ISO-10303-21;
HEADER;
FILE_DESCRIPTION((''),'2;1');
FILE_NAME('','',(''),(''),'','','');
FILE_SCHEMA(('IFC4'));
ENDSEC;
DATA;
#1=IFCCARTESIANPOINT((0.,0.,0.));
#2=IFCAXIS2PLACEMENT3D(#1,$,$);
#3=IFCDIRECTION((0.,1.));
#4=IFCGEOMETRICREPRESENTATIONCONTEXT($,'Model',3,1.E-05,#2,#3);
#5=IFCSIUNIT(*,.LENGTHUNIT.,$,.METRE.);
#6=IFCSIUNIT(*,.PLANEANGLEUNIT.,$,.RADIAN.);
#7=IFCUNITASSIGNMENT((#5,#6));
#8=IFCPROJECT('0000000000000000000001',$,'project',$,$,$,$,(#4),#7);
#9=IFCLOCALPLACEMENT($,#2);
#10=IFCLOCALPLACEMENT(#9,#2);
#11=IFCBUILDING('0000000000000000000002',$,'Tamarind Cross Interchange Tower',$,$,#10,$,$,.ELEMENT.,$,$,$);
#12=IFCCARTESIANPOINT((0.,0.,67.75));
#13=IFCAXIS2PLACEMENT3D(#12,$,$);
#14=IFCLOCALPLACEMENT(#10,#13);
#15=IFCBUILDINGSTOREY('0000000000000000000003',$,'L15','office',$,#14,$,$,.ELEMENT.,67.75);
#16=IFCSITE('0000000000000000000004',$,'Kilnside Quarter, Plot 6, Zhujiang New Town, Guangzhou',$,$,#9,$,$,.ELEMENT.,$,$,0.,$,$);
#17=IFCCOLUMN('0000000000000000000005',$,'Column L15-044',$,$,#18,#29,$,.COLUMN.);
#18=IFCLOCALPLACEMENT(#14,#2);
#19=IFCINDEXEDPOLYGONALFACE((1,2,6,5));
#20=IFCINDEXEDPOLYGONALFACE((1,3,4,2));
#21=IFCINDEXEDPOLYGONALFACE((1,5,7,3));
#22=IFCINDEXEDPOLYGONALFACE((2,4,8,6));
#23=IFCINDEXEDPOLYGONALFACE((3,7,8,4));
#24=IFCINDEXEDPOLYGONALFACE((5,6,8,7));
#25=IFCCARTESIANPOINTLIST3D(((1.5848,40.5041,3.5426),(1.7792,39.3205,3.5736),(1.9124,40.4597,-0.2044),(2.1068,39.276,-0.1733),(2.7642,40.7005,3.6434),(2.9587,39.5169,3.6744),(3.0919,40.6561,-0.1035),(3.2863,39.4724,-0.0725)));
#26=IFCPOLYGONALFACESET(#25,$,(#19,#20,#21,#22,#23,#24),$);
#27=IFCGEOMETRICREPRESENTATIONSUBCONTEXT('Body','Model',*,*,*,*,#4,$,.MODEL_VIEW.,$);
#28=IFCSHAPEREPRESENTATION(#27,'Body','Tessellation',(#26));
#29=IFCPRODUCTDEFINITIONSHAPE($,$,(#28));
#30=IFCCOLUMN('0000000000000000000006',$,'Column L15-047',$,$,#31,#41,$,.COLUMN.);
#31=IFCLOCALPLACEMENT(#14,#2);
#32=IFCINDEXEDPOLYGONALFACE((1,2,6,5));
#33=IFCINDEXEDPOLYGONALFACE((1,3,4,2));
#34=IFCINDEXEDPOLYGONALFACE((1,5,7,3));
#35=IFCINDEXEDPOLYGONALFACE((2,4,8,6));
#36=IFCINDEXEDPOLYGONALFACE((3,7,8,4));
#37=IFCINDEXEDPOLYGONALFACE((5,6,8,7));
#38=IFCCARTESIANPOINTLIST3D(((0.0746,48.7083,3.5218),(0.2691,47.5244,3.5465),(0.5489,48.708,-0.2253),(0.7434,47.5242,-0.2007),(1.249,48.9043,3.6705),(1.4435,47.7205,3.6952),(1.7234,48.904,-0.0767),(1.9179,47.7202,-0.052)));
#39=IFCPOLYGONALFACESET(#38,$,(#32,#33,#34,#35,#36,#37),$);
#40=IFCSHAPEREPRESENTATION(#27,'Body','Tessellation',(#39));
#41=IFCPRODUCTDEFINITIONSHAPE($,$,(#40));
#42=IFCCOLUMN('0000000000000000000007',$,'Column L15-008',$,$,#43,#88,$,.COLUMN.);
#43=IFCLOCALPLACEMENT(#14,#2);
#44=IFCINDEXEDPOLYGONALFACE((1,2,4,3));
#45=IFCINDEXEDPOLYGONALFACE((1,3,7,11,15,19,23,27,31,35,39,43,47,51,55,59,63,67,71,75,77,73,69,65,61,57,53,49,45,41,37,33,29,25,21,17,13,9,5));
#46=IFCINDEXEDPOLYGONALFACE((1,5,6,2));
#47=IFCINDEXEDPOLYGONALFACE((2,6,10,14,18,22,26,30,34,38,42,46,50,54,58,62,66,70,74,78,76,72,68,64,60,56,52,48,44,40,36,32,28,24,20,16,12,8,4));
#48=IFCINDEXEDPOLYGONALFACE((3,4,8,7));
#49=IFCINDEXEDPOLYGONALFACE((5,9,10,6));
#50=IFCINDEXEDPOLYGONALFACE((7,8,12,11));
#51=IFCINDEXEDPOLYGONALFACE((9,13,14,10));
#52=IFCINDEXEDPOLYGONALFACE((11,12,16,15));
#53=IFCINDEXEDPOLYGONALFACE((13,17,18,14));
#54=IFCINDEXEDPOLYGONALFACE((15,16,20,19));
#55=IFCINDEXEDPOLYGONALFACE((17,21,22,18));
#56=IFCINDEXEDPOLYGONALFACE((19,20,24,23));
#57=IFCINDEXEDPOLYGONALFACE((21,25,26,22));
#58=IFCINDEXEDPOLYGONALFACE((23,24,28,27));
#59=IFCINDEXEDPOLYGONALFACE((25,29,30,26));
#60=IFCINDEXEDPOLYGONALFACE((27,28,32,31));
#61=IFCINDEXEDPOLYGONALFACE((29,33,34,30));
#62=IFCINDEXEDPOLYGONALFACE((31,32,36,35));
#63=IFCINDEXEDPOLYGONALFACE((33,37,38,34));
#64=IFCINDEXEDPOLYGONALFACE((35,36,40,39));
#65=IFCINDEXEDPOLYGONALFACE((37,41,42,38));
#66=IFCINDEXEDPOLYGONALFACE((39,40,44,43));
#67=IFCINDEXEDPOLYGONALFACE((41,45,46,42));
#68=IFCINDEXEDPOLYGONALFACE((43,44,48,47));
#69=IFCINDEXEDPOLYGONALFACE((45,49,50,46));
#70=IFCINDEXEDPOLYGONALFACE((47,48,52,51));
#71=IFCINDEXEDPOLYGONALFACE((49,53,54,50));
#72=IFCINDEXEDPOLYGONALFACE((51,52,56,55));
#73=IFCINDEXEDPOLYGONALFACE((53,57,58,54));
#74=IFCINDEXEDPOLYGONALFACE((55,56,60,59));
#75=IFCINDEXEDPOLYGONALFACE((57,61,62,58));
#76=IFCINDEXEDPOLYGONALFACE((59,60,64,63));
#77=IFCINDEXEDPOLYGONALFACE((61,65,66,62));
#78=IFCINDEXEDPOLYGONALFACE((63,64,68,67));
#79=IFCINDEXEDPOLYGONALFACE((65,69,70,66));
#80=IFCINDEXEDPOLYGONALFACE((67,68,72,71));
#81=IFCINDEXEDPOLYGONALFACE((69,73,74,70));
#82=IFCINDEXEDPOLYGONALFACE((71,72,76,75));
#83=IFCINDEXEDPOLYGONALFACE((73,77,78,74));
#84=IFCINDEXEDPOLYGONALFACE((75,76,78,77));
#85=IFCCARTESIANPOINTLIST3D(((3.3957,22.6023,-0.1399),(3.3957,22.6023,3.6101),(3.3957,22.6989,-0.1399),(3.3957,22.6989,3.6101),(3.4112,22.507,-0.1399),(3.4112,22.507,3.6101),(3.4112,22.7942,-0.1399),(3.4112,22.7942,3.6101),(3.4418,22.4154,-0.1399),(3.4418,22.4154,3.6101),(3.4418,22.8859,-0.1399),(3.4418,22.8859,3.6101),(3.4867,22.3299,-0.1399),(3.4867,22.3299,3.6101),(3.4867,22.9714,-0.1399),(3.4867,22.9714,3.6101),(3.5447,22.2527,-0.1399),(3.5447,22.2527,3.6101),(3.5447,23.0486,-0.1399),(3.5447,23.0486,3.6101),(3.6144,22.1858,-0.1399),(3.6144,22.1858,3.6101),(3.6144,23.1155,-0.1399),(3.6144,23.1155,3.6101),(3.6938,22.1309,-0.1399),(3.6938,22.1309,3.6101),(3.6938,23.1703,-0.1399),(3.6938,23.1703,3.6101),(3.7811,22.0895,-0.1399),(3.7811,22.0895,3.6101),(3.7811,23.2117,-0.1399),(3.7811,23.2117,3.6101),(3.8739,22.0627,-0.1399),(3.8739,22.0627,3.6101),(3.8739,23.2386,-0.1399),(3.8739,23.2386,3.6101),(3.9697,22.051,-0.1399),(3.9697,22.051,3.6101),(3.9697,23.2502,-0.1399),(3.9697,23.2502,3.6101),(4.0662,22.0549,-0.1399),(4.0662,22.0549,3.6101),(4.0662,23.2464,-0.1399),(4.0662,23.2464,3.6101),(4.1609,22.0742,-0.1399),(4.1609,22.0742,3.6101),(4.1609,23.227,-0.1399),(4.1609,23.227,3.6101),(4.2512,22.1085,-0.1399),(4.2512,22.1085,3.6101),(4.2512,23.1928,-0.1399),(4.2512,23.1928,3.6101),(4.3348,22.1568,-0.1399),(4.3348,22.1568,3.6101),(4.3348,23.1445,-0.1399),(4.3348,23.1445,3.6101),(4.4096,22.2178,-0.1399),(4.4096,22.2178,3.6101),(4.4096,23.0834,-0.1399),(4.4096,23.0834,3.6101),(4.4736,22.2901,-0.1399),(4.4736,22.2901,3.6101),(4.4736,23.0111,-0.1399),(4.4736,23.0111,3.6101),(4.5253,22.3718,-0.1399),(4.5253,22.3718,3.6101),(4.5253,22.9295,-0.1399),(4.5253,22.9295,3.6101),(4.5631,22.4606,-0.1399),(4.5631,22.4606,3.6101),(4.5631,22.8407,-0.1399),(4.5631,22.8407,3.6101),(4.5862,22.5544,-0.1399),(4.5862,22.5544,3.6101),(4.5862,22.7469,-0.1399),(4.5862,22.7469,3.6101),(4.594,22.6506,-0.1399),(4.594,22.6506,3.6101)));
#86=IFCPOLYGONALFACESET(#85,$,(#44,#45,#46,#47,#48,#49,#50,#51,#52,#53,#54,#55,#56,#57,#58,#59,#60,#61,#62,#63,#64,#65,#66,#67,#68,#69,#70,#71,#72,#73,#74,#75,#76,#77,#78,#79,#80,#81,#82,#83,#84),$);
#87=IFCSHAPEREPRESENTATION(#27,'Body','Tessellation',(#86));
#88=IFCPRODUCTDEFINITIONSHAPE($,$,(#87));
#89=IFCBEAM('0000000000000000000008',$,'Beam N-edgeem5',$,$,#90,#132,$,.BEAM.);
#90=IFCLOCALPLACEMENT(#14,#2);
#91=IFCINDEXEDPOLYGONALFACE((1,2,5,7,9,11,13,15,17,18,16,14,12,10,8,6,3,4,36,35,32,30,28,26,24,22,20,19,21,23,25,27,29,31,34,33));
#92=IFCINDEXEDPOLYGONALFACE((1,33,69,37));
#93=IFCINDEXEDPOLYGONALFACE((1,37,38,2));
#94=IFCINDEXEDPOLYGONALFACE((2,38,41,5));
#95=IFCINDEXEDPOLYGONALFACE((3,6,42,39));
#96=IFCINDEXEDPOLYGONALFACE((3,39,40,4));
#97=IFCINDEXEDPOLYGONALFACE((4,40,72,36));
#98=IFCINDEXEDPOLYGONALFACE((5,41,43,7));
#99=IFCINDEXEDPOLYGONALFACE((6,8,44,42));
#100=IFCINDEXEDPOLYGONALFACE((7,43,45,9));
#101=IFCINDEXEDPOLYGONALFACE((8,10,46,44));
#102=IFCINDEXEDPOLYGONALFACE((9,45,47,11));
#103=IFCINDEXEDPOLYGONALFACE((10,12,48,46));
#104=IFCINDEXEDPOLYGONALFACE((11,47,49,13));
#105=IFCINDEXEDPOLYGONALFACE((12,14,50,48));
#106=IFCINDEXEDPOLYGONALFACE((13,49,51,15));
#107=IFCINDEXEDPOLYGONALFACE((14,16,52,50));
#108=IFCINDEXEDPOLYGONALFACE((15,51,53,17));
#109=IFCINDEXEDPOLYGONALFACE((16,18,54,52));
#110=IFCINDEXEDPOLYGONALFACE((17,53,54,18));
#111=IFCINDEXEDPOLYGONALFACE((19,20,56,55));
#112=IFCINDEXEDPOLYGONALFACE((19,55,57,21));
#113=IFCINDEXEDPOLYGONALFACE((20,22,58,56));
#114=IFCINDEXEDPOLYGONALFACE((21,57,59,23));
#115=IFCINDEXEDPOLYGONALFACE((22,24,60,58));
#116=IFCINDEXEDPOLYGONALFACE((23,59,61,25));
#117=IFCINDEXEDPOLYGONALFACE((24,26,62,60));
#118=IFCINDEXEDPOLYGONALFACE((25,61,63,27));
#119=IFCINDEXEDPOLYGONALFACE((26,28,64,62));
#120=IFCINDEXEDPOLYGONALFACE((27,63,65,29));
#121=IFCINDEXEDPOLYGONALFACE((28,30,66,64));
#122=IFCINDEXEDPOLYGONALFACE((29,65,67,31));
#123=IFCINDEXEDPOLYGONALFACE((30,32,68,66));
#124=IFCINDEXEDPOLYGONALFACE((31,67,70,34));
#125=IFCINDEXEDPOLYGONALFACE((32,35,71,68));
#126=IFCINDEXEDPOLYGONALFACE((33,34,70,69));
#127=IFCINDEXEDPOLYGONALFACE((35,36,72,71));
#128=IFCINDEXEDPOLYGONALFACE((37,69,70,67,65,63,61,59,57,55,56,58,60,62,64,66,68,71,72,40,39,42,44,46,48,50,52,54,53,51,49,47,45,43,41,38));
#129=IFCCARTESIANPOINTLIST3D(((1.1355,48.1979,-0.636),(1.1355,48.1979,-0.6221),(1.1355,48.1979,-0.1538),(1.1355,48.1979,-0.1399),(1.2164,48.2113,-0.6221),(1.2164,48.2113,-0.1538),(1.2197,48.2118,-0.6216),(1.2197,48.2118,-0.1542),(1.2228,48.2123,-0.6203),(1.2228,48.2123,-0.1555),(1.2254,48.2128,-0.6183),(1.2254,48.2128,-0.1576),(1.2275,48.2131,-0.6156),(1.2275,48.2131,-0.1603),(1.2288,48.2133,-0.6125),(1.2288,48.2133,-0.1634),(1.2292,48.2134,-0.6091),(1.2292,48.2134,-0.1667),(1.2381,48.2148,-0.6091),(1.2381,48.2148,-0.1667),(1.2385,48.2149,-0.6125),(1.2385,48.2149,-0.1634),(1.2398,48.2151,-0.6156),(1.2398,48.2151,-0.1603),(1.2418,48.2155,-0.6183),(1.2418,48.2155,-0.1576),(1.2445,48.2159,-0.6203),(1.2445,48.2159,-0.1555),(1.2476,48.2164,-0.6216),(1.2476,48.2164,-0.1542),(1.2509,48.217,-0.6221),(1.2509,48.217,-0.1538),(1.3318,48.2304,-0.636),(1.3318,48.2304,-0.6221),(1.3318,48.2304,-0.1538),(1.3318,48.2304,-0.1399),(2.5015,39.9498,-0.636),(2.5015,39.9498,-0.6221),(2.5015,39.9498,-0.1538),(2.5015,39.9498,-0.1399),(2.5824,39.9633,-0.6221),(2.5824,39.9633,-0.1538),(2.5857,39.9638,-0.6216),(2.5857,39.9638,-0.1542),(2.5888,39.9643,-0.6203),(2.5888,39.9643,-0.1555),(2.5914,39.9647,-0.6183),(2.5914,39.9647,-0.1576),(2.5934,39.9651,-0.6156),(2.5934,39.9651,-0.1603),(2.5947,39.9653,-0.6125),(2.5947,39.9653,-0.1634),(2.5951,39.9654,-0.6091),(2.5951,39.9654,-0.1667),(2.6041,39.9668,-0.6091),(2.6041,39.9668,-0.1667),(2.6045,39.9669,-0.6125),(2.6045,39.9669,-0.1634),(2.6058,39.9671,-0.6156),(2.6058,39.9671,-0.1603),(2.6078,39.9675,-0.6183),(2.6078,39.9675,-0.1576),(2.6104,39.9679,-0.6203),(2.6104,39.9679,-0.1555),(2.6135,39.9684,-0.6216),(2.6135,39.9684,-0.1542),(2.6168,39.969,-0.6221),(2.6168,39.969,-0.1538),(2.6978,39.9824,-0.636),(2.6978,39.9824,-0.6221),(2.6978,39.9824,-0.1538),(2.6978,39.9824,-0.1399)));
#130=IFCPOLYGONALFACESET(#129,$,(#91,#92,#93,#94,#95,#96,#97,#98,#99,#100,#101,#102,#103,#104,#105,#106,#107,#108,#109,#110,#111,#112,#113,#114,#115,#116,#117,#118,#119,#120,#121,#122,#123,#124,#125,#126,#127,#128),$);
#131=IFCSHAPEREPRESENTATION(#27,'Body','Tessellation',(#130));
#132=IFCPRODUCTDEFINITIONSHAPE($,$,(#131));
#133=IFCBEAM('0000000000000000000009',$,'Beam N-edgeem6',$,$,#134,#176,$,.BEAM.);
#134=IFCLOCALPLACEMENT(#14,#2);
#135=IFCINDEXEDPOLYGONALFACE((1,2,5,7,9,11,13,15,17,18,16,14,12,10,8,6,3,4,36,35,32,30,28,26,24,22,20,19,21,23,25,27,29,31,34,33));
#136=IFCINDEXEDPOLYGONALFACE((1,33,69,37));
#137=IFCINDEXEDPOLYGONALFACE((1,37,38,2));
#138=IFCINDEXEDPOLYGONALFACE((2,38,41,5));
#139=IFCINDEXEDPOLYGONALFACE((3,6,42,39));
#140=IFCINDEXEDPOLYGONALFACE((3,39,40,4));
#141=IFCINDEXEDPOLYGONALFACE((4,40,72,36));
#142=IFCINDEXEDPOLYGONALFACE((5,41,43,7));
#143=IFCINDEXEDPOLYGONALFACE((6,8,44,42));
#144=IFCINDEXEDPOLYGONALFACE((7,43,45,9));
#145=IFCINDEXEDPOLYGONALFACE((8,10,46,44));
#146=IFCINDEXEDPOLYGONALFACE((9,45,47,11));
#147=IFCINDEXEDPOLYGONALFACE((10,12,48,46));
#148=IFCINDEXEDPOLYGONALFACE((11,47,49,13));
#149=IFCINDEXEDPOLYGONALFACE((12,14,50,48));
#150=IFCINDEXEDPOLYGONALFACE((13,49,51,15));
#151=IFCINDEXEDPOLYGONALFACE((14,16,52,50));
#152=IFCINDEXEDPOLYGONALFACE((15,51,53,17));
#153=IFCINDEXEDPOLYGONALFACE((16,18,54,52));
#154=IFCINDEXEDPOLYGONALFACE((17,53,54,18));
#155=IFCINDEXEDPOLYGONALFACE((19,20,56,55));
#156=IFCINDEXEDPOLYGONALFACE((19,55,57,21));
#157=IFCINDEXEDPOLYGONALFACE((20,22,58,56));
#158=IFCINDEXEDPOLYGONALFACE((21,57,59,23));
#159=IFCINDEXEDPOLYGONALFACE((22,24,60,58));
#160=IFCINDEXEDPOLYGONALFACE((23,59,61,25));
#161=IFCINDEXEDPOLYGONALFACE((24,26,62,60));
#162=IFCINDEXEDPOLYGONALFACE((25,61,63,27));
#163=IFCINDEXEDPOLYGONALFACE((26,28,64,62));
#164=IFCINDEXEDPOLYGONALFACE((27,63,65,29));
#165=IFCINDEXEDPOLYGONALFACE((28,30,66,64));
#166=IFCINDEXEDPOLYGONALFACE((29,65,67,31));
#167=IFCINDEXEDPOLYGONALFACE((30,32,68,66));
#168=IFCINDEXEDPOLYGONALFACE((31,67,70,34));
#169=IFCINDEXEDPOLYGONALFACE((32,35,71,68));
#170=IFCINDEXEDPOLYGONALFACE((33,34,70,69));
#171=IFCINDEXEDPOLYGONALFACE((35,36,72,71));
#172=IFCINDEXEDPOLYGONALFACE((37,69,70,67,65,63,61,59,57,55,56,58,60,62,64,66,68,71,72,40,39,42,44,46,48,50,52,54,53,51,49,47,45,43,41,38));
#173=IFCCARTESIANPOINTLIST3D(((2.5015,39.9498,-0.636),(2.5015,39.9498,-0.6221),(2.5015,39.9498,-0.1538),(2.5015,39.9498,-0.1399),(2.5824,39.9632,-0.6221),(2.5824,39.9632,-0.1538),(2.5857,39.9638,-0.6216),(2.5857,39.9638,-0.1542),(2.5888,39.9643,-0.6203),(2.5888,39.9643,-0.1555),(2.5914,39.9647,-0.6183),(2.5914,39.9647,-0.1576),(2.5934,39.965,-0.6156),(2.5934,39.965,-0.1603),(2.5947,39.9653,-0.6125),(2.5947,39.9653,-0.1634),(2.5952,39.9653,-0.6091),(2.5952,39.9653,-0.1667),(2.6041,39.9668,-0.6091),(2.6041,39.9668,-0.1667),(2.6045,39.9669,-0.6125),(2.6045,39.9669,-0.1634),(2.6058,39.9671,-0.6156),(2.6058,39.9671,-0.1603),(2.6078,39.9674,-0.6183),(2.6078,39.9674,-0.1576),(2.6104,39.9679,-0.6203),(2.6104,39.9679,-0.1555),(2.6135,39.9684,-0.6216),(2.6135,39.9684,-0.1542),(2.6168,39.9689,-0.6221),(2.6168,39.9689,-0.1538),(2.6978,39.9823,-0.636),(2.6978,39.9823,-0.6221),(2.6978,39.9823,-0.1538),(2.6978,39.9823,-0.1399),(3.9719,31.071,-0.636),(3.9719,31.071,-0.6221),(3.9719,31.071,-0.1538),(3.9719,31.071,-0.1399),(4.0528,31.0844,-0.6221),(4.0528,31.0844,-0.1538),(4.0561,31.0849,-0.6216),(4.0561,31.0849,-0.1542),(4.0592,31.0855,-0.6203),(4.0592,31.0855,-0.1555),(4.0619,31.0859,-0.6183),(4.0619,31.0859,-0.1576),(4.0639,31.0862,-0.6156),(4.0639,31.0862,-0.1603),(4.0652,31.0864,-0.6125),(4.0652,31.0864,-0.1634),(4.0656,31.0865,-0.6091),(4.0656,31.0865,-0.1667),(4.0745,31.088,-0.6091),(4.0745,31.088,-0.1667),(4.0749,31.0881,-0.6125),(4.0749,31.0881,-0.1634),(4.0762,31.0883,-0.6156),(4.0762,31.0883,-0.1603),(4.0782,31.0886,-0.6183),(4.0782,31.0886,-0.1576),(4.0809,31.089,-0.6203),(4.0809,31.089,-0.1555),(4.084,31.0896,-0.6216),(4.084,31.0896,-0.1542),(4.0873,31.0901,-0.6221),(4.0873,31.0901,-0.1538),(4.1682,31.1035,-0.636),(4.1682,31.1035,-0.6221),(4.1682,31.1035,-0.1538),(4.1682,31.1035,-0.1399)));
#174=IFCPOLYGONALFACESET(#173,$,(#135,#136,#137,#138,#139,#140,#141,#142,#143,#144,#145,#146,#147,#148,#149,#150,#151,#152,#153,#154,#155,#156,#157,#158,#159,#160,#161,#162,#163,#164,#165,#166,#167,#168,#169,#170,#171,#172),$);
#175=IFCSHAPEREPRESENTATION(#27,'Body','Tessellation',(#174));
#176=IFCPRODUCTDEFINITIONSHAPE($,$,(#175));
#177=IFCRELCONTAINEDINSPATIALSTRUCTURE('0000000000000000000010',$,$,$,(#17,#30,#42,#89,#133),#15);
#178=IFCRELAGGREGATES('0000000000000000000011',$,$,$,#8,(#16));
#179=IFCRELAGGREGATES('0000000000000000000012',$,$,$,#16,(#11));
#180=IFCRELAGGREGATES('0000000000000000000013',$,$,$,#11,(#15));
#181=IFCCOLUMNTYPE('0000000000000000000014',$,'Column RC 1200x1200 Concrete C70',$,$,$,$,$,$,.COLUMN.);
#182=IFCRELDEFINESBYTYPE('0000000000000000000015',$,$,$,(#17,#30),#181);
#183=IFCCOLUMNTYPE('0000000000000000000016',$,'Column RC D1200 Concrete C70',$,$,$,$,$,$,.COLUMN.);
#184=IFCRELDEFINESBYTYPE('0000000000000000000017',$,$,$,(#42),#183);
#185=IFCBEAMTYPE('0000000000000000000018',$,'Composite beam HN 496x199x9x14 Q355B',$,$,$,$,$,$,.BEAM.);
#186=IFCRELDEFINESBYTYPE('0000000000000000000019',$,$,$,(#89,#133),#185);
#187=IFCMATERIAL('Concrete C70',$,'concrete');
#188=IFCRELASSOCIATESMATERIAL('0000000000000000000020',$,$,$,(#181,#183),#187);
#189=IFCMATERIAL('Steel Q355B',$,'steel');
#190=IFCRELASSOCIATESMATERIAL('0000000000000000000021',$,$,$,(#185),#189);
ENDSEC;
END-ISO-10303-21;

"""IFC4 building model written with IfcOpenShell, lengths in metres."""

from ifc_helpers import new_model, si_unit, direction, frame, origin, origin_2d, place, context, subcontext, project, spatial, rectangle, circle, i_section, extrude, material, material_profile, profile_set, type_object, element, save


model = new_model("IFC4")

# Units and contexts
model_context = context("Model", 3, precision=1e-05, world=origin(), true_north=direction((0.0, 1.0)))
body_context = subcontext(model_context, "Body", "Model", "MODEL_VIEW")
ifc_project = project(units=[si_unit("LENGTHUNIT", "METRE"), si_unit("PLANEANGLEUNIT", "RADIAN")], contexts=[model_context])

# Site, building, storey
site_placement = place(None, origin())
site = spatial("IfcSite", under=ifc_project, at=site_placement, Name="Kilnside Quarter, Plot 6, Zhujiang New Town, Guangzhou", CompositionType="ELEMENT", RefElevation=0.0)
building_placement = place(site_placement, origin())
building = spatial("IfcBuilding", under=site, at=building_placement, Name="Tamarind Cross Interchange Tower", CompositionType="ELEMENT")
storey_placement = place(building_placement, frame((0.0, 0.0, 67.75)))
storey = spatial("IfcBuildingStorey", under=building, at=storey_placement, Name="L15", Description="office", CompositionType="ELEMENT", Elevation=67.75)

# Columns
ifc_material_1 = material(Name="Concrete C70", Category="concrete")
ifc_material_profile_1 = material_profile(ifc_material_1, rectangle(XDim=1.2, YDim=1.2, at=origin_2d()), Name="RC 1200x1200")
ifc_profile_set_1 = profile_set([ifc_material_profile_1], Name="Concrete C70")
column_type_1 = type_object("IfcColumnType", Name="Column RC 1200x1200 Concrete C70", PredefinedType="COLUMN", material=ifc_profile_set_1)
column_1_placement = place(storey_placement, frame((2.5994, 39.9661, -0.1384), z_axis=(-0.087105, 0.011813, 0.996129), x_axis=(0.162039, -0.986445, 0.025868)))
element("IfcColumn", 1, at=column_1_placement, inside=storey, type_object=column_type_1, Name="Column L15-044", PredefinedType="COLUMN", context=body_context, shape_type="SweptSolid", body=[
    extrude(rectangle(XDim=1.2, YDim=1.2, at=origin_2d()), origin(), (0.0, 0.0, 1.0), 3.7615),
])
column_2_placement = place(storey_placement, frame((1.2334, 48.2141, -0.1387), z_axis=(-0.125586, 0.000065, 0.992083), x_axis=(0.162067, -0.986565, 0.02058)))
element("IfcColumn", 2, at=column_2_placement, inside=storey, type_object=column_type_1, Name="Column L15-047", PredefinedType="COLUMN", context=body_context, shape_type="SweptSolid", body=[
    extrude(rectangle(XDim=1.2, YDim=1.2, at=origin_2d()), origin(), (0.0, 0.0, 1.0), 3.7771),
])
ifc_material_profile_2 = material_profile(ifc_material_1, circle(Radius=0.6001, at=origin_2d()), Name="RC D1200")
ifc_profile_set_2 = profile_set([ifc_material_profile_2], Name="Concrete C70")
column_type_2 = type_object("IfcColumnType", Name="Column RC D1200 Concrete C70", PredefinedType="COLUMN", material=ifc_profile_set_2)
column_3_placement = place(storey_placement, frame((3.9939, 22.6506, -0.1399), z_axis=(0.0, 0.0, 1.0), x_axis=(1.0, 0.0, 0.0)))
element("IfcColumn", 3, at=column_3_placement, inside=storey, type_object=column_type_2, Name="Column L15-008", PredefinedType="COLUMN", context=body_context, shape_type="SweptSolid", body=[
    extrude(circle(Radius=0.6001, at=origin_2d()), origin(), (0.0, 0.0, 1.0), 3.75),
])

# Beams
ifc_material_2 = material(Name="Steel Q355B", Category="steel")
ifc_material_profile_3 = material_profile(ifc_material_2, i_section(OverallWidth=0.199, OverallDepth=0.4961, WebThickness=0.009, FlangeThickness=0.0139, FilletRadius=0.0129, at=origin_2d()), Name="HN 496x199x9x14")
ifc_profile_set_3 = profile_set([ifc_material_profile_3], Name="Steel Q355B")
beam_type_1 = type_object("IfcBeamType", Name="Composite beam HN 496x199x9x14 Q355B", PredefinedType="BEAM", material=ifc_profile_set_3)
beam_1_placement = place(storey_placement, frame((1.2336, 48.2141, -0.3879), z_axis=(0.163386, -0.986562, 0.0), x_axis=(0.986562, 0.163386, 0.0)))
element("IfcBeam", 4, at=beam_1_placement, inside=storey, type_object=beam_type_1, Name="Beam N-edgeem5", PredefinedType="BEAM", context=body_context, shape_type="SweptSolid", body=[
    extrude(i_section(OverallWidth=0.199, OverallDepth=0.4961, WebThickness=0.009, FlangeThickness=0.0139, FilletRadius=0.0129, at=origin_2d()), origin(), (0.0, 0.0, 1.0), 8.3604),
])
beam_2_placement = place(storey_placement, frame((2.5996, 39.9661, -0.3879), z_axis=(0.163387, -0.986562, 0.0), x_axis=(0.986562, 0.163387, 0.0)))
element("IfcBeam", 5, at=beam_2_placement, inside=storey, type_object=beam_type_1, Name="Beam N-edgeem6", PredefinedType="BEAM", context=body_context, shape_type="SweptSolid", body=[
    extrude(i_section(OverallWidth=0.199, OverallDepth=0.4961, WebThickness=0.009, FlangeThickness=0.0139, FilletRadius=0.0129, at=origin_2d()), origin(), (0.0, 0.0, 1.0), 8.9998),
])

save(model, "model.ifc")
